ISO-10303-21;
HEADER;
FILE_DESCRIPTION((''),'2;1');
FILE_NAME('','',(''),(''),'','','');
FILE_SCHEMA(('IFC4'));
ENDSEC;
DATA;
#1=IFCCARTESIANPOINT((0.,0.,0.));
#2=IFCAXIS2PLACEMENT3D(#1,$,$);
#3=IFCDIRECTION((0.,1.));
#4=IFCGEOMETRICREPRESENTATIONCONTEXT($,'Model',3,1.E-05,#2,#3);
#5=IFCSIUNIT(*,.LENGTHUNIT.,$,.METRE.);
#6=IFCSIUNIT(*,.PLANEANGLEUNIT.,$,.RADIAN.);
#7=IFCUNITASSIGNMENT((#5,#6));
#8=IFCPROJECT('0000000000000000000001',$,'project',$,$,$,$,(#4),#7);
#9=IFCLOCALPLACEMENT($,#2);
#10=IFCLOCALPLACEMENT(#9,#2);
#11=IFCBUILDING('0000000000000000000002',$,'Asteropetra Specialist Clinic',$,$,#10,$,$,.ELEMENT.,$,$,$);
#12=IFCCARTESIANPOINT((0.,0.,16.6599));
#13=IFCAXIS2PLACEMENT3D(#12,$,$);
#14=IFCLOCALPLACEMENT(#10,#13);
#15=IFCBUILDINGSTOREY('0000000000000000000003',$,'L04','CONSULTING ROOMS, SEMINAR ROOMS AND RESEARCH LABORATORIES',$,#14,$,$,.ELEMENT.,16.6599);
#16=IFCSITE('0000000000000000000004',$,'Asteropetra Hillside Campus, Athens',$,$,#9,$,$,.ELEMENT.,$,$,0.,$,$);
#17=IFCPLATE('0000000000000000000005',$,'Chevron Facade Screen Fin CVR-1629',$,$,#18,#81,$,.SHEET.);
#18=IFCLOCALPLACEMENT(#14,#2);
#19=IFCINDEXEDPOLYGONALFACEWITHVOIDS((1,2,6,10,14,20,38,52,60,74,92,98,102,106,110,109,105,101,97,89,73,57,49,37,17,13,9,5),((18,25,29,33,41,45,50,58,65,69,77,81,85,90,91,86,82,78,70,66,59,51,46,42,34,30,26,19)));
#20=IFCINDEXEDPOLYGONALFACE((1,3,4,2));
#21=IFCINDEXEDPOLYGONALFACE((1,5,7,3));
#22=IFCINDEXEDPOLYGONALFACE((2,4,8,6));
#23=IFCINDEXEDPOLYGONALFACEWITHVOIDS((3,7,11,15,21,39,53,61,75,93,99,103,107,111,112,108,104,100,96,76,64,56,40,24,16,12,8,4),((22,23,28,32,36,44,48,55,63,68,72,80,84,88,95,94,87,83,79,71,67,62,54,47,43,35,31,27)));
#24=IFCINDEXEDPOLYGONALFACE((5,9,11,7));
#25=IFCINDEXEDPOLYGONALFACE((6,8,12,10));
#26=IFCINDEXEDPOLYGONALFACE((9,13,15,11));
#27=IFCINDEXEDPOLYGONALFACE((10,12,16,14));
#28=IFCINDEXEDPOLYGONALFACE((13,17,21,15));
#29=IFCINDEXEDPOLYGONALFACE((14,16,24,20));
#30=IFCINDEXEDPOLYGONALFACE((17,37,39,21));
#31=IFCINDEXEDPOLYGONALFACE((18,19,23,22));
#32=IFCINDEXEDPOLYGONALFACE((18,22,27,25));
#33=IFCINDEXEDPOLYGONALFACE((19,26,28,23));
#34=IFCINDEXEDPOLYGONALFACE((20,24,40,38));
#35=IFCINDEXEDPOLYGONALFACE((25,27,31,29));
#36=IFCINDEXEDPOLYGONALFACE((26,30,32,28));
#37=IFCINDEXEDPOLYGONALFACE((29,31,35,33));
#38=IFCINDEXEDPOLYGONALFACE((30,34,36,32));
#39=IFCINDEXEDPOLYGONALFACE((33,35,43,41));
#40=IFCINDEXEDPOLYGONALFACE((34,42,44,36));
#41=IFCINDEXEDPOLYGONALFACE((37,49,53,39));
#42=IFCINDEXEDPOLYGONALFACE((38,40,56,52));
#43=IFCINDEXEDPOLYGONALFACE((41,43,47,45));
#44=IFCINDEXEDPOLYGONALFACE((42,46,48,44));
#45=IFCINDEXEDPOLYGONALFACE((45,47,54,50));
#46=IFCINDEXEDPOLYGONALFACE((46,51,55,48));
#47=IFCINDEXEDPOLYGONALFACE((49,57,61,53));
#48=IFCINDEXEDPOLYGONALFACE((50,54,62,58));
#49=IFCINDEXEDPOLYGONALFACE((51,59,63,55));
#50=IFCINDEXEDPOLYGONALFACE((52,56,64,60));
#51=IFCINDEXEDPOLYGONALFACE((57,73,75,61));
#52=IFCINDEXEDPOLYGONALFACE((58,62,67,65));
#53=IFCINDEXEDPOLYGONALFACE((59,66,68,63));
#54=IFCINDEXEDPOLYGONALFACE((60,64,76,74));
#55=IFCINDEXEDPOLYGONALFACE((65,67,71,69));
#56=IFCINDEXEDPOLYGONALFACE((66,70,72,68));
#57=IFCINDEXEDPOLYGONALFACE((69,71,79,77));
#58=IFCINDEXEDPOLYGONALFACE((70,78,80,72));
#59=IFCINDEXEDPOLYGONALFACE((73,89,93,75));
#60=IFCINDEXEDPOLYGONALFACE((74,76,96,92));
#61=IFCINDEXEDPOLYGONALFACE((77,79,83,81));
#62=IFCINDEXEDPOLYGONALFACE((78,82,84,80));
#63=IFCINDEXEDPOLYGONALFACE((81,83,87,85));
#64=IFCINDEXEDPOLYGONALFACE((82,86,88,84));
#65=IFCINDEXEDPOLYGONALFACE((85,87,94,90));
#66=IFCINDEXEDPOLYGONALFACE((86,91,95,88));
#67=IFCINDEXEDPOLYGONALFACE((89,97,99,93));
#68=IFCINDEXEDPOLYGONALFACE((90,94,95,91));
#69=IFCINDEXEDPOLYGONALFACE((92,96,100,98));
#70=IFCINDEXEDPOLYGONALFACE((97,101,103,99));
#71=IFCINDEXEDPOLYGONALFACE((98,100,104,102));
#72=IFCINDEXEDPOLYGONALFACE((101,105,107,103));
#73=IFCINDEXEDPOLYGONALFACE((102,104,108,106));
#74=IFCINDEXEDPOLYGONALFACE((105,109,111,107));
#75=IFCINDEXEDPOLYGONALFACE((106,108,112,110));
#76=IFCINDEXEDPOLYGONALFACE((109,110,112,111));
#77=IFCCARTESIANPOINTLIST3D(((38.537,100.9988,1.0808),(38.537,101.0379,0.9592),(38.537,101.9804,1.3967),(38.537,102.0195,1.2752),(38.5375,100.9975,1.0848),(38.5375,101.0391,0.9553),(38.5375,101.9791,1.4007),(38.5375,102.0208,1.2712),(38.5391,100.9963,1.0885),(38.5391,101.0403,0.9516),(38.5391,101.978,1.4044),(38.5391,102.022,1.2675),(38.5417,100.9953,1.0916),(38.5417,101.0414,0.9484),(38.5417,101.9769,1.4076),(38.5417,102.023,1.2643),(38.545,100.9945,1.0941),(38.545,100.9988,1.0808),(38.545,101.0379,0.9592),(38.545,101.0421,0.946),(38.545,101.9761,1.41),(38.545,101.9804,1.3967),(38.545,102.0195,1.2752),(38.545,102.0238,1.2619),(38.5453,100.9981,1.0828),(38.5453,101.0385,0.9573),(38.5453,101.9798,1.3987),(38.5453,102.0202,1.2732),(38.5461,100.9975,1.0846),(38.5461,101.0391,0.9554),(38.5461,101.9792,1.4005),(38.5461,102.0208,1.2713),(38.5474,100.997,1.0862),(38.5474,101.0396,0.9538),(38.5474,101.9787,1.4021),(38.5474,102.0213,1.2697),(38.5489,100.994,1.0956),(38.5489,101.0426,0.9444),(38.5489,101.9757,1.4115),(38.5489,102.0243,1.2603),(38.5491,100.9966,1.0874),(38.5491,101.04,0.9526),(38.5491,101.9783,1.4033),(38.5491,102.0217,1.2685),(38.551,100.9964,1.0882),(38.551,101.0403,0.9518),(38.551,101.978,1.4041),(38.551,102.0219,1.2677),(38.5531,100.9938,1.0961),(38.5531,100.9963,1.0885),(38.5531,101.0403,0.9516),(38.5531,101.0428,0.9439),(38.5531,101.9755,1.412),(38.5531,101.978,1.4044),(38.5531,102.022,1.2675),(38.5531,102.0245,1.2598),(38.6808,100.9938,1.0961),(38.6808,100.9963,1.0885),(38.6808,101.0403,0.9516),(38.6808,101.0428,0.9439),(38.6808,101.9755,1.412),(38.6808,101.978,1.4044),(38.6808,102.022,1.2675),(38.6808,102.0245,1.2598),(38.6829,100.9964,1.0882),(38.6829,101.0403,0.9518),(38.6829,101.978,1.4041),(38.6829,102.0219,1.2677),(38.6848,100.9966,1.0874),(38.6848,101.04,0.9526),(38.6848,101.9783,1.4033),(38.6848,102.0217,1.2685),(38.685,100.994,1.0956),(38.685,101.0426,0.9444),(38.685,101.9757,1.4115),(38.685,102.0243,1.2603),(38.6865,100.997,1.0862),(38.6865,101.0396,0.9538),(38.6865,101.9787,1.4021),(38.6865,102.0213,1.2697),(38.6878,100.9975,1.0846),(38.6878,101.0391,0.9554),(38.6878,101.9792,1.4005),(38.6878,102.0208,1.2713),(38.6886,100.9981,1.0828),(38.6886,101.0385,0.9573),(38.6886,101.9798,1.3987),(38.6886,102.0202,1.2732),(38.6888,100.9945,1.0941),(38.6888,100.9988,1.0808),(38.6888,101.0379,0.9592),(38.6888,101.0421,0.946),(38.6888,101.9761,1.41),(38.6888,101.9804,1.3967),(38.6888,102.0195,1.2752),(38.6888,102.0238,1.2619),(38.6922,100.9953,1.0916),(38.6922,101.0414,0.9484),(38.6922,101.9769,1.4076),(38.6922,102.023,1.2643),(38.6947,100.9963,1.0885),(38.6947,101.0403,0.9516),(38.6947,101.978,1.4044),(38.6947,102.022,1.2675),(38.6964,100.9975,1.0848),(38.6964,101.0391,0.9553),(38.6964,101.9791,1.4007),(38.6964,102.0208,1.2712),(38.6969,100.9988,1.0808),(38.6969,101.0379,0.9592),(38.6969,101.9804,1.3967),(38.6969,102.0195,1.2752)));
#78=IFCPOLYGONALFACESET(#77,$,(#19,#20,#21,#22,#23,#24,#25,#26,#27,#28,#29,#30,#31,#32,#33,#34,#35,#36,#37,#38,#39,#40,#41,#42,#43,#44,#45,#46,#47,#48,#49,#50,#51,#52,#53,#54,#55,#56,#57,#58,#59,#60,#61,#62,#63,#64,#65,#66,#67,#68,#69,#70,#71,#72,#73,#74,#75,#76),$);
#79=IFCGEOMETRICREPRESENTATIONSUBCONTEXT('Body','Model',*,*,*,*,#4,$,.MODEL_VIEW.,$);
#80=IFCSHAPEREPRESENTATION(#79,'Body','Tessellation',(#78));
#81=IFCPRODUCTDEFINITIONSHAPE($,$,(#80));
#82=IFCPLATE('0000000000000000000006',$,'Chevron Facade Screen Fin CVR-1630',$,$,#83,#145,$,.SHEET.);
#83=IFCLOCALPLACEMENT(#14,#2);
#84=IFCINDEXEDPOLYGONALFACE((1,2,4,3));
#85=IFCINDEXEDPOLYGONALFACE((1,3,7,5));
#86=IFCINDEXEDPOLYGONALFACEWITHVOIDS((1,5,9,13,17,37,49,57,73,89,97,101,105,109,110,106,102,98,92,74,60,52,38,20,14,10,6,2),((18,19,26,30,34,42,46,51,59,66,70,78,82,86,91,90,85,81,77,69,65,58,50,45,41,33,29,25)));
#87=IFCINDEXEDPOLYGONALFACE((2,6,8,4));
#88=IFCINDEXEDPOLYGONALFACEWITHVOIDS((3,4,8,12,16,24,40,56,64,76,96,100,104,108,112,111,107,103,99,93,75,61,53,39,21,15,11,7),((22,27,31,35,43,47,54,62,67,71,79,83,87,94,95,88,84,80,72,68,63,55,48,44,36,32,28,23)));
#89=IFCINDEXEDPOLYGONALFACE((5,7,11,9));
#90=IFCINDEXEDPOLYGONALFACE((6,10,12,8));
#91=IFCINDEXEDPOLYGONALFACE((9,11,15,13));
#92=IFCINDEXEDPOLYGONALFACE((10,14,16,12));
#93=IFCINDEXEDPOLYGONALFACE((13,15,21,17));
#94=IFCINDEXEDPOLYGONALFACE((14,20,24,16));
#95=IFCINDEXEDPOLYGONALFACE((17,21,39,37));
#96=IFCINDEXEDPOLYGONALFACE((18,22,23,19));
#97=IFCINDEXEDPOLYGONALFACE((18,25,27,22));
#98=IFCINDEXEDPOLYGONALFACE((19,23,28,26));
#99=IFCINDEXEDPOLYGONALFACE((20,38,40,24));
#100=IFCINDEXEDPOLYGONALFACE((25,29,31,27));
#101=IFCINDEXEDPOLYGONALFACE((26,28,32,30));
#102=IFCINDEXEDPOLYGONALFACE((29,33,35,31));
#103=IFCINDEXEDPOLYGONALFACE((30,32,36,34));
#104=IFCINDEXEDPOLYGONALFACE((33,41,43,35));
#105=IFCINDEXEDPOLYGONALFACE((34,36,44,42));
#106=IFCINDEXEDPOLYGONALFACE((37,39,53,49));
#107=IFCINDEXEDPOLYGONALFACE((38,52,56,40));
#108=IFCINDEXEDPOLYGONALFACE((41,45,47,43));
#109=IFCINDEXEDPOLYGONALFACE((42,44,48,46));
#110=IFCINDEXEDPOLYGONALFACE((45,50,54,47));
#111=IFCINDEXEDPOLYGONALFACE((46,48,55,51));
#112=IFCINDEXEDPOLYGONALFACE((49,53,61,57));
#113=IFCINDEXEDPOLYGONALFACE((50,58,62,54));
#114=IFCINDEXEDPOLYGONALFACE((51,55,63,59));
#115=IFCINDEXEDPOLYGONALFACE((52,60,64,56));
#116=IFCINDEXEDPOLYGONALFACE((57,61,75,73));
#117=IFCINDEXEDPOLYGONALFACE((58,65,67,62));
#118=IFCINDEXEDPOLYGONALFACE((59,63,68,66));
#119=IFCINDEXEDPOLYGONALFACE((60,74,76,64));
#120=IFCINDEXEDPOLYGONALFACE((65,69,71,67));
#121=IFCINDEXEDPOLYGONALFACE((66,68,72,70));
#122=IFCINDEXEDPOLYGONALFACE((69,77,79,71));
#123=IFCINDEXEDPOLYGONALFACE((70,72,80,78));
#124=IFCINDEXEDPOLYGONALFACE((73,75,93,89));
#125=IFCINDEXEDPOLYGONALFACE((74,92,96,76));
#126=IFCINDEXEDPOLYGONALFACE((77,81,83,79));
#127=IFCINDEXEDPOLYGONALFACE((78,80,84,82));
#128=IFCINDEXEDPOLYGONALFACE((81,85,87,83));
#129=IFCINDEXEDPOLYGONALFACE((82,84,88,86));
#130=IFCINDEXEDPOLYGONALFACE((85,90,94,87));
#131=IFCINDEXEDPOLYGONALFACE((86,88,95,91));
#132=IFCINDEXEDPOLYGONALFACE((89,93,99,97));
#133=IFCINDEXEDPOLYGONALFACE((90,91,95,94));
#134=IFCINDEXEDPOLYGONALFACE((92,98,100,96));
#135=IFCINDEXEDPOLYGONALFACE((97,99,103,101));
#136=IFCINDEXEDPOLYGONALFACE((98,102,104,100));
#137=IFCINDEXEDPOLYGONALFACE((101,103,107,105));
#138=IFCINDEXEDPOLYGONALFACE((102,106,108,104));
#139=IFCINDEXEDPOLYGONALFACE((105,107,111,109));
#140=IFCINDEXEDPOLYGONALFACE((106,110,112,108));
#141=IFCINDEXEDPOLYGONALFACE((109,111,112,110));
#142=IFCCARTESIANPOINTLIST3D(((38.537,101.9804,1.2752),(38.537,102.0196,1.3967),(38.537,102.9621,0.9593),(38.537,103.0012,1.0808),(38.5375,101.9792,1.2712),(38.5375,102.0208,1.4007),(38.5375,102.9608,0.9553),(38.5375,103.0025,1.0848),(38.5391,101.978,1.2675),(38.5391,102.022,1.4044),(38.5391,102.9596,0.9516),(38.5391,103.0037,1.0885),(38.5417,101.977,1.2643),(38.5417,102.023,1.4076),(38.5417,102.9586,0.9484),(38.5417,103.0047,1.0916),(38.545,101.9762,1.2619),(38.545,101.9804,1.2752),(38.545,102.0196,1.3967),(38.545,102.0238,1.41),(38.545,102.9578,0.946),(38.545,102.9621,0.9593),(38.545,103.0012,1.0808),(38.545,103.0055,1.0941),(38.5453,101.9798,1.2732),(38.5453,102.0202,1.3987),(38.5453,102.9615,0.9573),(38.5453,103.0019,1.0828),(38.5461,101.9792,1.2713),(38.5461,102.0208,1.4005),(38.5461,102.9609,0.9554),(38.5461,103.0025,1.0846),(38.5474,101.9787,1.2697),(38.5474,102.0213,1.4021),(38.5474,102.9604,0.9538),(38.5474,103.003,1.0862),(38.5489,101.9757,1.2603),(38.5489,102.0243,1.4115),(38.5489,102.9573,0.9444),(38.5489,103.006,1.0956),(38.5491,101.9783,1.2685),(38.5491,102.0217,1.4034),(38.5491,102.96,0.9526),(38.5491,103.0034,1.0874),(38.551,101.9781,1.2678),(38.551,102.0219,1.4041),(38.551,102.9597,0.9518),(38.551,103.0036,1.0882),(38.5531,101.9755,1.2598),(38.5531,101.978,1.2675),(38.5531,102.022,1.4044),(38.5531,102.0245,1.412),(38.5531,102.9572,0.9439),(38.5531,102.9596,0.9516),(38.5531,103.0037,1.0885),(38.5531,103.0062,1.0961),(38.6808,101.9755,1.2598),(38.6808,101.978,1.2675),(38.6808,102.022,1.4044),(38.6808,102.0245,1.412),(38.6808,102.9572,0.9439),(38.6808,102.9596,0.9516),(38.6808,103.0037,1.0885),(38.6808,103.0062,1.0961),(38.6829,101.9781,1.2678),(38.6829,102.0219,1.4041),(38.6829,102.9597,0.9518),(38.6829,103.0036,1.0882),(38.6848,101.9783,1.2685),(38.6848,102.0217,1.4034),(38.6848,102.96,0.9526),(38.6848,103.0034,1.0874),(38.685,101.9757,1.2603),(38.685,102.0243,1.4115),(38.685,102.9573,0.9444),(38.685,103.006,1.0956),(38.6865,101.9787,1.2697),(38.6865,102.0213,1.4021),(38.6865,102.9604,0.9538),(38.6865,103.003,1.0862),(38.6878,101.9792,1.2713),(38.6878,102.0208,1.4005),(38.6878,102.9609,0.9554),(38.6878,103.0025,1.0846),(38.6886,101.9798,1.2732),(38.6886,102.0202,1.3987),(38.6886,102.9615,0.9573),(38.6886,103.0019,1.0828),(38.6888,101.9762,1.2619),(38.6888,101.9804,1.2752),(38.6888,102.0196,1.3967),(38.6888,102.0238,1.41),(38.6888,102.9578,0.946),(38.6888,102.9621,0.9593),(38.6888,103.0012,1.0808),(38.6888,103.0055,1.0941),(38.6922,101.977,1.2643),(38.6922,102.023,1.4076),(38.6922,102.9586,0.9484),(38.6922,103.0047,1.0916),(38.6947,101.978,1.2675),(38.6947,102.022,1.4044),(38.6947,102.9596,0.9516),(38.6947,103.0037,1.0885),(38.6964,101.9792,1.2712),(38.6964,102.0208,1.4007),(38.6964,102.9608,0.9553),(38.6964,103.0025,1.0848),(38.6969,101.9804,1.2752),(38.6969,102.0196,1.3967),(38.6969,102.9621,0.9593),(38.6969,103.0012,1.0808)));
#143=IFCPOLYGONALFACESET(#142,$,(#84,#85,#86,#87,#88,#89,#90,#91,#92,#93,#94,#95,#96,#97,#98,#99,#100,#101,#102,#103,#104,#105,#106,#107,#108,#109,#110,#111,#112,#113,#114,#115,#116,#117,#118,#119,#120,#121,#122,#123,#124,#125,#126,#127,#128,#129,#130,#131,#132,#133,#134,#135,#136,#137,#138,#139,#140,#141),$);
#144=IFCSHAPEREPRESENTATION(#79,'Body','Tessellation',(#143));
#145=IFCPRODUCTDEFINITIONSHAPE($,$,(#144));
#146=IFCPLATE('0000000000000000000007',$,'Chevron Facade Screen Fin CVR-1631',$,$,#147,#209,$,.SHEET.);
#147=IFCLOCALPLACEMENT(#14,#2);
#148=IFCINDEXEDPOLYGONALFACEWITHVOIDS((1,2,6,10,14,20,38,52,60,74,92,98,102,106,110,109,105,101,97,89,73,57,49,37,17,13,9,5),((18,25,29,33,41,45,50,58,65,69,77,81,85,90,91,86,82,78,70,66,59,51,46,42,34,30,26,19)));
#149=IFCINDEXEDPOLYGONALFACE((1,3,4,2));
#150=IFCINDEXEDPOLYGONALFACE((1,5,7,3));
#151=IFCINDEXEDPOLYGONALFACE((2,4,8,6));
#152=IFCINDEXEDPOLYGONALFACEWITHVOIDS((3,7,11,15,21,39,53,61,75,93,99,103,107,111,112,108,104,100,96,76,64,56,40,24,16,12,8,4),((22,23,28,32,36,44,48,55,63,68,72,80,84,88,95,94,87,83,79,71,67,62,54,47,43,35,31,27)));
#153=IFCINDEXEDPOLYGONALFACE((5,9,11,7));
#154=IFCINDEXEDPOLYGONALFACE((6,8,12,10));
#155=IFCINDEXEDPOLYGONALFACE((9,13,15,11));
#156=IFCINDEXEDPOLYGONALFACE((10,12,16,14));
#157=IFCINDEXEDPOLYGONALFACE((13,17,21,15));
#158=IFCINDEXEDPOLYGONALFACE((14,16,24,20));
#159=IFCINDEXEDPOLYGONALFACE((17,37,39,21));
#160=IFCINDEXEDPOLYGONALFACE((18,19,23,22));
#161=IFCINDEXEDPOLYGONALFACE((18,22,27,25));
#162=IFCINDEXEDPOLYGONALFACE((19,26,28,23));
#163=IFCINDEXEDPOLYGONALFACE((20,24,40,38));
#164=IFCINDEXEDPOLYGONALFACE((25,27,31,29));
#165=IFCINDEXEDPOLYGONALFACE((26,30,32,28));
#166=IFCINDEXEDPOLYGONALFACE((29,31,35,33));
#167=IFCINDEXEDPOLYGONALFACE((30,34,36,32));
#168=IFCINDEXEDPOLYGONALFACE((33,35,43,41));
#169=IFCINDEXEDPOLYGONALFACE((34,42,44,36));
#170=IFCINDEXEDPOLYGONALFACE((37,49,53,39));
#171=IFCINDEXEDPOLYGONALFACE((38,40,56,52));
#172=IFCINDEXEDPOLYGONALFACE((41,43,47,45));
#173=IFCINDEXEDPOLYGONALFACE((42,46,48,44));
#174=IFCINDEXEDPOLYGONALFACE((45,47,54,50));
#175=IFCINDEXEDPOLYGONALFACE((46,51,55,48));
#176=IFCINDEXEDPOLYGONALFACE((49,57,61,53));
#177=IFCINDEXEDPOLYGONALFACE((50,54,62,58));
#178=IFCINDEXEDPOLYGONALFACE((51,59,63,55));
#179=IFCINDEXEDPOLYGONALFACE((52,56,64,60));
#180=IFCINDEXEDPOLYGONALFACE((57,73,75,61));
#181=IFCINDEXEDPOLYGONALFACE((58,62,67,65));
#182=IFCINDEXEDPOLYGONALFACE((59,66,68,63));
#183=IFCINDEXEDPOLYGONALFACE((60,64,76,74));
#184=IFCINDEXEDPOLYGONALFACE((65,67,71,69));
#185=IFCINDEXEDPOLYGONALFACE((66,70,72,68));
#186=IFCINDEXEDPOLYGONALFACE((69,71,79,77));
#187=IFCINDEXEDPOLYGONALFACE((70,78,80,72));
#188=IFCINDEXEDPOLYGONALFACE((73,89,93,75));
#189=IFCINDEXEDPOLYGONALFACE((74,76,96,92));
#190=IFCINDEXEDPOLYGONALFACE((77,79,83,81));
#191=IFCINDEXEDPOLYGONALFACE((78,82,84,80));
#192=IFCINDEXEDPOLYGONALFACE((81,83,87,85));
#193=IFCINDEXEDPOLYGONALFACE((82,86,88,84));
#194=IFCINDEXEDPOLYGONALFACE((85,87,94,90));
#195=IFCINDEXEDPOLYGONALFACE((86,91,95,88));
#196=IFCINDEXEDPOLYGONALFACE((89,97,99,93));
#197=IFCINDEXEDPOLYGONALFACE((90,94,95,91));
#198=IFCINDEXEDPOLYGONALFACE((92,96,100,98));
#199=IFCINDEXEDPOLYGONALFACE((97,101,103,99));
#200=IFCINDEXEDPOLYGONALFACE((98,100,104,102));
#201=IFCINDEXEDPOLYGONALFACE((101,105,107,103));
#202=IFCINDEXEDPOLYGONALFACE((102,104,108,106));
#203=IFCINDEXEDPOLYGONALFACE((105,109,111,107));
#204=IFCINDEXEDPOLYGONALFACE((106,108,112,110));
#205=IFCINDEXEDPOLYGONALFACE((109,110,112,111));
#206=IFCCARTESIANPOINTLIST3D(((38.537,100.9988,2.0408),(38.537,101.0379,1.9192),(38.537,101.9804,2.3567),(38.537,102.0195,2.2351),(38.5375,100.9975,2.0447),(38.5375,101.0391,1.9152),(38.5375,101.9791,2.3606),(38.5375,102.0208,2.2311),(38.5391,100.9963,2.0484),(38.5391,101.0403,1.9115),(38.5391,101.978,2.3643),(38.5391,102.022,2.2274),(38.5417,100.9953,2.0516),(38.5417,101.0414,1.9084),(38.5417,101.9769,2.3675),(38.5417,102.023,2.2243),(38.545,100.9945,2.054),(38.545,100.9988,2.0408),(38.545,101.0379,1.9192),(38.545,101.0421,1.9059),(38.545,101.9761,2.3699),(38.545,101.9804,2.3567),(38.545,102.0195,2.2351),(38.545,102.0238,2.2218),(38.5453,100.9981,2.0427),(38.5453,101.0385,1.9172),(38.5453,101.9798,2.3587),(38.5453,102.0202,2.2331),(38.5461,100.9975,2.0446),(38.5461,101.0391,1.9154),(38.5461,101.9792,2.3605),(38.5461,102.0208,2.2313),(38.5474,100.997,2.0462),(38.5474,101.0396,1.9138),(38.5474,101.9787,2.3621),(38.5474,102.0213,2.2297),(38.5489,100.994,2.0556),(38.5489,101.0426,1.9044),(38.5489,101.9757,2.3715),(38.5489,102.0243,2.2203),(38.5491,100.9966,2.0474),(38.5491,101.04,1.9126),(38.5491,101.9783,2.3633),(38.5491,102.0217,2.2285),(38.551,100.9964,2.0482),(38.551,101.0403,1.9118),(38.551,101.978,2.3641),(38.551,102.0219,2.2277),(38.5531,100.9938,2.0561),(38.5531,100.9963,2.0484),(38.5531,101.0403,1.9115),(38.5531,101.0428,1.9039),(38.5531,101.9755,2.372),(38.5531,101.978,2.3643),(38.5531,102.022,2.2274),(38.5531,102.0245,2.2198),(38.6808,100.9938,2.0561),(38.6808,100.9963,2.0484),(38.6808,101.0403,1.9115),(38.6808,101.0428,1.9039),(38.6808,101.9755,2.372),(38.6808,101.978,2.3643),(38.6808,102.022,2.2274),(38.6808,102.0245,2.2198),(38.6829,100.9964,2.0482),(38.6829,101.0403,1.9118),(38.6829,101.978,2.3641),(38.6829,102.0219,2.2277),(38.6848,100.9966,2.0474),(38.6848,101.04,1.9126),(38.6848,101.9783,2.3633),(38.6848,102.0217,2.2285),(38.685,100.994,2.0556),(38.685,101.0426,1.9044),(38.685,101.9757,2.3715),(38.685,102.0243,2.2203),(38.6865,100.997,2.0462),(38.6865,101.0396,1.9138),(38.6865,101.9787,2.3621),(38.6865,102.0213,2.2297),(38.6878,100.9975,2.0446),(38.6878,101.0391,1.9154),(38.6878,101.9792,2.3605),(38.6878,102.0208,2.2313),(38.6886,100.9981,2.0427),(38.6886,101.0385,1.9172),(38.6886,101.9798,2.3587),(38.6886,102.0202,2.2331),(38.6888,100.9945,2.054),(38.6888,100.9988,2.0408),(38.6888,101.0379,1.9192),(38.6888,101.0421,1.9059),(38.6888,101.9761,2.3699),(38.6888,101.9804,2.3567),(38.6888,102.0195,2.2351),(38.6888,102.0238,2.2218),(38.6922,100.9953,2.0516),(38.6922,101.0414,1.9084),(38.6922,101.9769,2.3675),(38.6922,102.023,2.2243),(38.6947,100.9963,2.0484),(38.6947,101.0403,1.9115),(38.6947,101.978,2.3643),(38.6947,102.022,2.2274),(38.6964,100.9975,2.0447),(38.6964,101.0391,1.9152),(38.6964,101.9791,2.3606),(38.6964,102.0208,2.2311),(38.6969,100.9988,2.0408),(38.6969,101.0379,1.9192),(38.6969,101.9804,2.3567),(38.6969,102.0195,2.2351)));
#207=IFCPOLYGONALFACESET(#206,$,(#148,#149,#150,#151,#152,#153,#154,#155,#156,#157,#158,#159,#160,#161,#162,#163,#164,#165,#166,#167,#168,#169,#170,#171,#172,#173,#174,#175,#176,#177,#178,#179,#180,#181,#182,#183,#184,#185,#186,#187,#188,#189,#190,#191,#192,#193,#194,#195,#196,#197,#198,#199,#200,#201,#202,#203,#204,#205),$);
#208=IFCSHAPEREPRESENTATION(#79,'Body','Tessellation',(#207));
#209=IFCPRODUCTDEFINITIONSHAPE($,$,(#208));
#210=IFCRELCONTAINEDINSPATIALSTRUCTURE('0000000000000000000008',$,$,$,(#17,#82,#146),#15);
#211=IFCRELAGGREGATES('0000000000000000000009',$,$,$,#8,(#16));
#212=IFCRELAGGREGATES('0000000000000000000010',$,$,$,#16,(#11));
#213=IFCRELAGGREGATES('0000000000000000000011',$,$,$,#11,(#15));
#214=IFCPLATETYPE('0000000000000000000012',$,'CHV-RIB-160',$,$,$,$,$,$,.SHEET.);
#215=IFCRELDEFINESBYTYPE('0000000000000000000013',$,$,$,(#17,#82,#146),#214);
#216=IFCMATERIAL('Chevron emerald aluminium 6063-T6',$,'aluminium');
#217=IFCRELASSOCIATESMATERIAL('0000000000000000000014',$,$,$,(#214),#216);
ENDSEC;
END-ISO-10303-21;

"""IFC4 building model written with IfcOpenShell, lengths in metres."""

from ifc_helpers import new_model, si_unit, direction, frame, origin, origin_2d, place, context, subcontext, project, spatial, hollow_rectangle, extrude, material, material_profile, profile_set, type_object, element, save


model = new_model("IFC4")

# Units and contexts
model_context = context("Model", 3, precision=1e-05, world=origin(), true_north=direction((0.0, 1.0)))
body_context = subcontext(model_context, "Body", "Model", "MODEL_VIEW")
ifc_project = project(units=[si_unit("LENGTHUNIT", "METRE"), si_unit("PLANEANGLEUNIT", "RADIAN")], contexts=[model_context])

# Site, building, storey
site_placement = place(None, origin())
site = spatial("IfcSite", under=ifc_project, at=site_placement, Name="Asteropetra Hillside Campus, Athens", CompositionType="ELEMENT", RefElevation=0.0)
building_placement = place(site_placement, origin())
building = spatial("IfcBuilding", under=site, at=building_placement, Name="Asteropetra Specialist Clinic", CompositionType="ELEMENT")
storey_placement = place(building_placement, frame((0.0, 0.0, 16.6599)))
storey = spatial("IfcBuildingStorey", under=building, at=storey_placement, Name="L04", Description="CONSULTING ROOMS, SEMINAR ROOMS AND RESEARCH LABORATORIES", CompositionType="ELEMENT", Elevation=16.6599)

# Plates
ifc_material_1 = material(Name="Chevron emerald aluminium 6063-T6", Category="aluminium")
ifc_material_profile_1 = material_profile(ifc_material_1, hollow_rectangle(XDim=0.1599, YDim=0.1599, WallThickness=0.0081, InnerFilletRadius=0.0081, OuterFilletRadius=0.0161, at=origin_2d()), Name="SHS 160x160x8.0")
ifc_profile_set_1 = profile_set([ifc_material_profile_1], Name="Chevron emerald aluminium 6063-T6")
plate_type = type_object("IfcPlateType", Name="CHV-RIB-160", PredefinedType="SHEET", material=ifc_profile_set_1)
for number, where, z_axis, x_axis, name in (
    (1, (38.6169, 101.0183, 1.02), (0.0, 0.951923, 0.306339), (-1.0, 0.0, 0.0), "Chevron Facade Screen Fin CVR-1629"),
    (2, (38.6169, 102.0, 1.3359), (0.0, 0.951923, -0.306339), (-1.0, 0.0, 0.0), "Chevron Facade Screen Fin CVR-1630"),
    (3, (38.6169, 101.0183, 1.98), (0.0, 0.951923, 0.306339), (-1.0, 0.0, 0.0), "Chevron Facade Screen Fin CVR-1631"),
):
    element("IfcPlate", number, at=place(storey_placement, frame(where, z_axis=z_axis, x_axis=x_axis)), inside=storey, type_object=plate_type, Name=name, PredefinedType="SHEET", context=body_context, shape_type="SweptSolid", body=[
        extrude(hollow_rectangle(XDim=0.1599, YDim=0.1599, WallThickness=0.0081, InnerFilletRadius=0.0081, OuterFilletRadius=0.0161, at=origin_2d()), origin(), (0.0, 0.0, 1.0), 1.0312),
    ])

save(model, "model.ifc")
